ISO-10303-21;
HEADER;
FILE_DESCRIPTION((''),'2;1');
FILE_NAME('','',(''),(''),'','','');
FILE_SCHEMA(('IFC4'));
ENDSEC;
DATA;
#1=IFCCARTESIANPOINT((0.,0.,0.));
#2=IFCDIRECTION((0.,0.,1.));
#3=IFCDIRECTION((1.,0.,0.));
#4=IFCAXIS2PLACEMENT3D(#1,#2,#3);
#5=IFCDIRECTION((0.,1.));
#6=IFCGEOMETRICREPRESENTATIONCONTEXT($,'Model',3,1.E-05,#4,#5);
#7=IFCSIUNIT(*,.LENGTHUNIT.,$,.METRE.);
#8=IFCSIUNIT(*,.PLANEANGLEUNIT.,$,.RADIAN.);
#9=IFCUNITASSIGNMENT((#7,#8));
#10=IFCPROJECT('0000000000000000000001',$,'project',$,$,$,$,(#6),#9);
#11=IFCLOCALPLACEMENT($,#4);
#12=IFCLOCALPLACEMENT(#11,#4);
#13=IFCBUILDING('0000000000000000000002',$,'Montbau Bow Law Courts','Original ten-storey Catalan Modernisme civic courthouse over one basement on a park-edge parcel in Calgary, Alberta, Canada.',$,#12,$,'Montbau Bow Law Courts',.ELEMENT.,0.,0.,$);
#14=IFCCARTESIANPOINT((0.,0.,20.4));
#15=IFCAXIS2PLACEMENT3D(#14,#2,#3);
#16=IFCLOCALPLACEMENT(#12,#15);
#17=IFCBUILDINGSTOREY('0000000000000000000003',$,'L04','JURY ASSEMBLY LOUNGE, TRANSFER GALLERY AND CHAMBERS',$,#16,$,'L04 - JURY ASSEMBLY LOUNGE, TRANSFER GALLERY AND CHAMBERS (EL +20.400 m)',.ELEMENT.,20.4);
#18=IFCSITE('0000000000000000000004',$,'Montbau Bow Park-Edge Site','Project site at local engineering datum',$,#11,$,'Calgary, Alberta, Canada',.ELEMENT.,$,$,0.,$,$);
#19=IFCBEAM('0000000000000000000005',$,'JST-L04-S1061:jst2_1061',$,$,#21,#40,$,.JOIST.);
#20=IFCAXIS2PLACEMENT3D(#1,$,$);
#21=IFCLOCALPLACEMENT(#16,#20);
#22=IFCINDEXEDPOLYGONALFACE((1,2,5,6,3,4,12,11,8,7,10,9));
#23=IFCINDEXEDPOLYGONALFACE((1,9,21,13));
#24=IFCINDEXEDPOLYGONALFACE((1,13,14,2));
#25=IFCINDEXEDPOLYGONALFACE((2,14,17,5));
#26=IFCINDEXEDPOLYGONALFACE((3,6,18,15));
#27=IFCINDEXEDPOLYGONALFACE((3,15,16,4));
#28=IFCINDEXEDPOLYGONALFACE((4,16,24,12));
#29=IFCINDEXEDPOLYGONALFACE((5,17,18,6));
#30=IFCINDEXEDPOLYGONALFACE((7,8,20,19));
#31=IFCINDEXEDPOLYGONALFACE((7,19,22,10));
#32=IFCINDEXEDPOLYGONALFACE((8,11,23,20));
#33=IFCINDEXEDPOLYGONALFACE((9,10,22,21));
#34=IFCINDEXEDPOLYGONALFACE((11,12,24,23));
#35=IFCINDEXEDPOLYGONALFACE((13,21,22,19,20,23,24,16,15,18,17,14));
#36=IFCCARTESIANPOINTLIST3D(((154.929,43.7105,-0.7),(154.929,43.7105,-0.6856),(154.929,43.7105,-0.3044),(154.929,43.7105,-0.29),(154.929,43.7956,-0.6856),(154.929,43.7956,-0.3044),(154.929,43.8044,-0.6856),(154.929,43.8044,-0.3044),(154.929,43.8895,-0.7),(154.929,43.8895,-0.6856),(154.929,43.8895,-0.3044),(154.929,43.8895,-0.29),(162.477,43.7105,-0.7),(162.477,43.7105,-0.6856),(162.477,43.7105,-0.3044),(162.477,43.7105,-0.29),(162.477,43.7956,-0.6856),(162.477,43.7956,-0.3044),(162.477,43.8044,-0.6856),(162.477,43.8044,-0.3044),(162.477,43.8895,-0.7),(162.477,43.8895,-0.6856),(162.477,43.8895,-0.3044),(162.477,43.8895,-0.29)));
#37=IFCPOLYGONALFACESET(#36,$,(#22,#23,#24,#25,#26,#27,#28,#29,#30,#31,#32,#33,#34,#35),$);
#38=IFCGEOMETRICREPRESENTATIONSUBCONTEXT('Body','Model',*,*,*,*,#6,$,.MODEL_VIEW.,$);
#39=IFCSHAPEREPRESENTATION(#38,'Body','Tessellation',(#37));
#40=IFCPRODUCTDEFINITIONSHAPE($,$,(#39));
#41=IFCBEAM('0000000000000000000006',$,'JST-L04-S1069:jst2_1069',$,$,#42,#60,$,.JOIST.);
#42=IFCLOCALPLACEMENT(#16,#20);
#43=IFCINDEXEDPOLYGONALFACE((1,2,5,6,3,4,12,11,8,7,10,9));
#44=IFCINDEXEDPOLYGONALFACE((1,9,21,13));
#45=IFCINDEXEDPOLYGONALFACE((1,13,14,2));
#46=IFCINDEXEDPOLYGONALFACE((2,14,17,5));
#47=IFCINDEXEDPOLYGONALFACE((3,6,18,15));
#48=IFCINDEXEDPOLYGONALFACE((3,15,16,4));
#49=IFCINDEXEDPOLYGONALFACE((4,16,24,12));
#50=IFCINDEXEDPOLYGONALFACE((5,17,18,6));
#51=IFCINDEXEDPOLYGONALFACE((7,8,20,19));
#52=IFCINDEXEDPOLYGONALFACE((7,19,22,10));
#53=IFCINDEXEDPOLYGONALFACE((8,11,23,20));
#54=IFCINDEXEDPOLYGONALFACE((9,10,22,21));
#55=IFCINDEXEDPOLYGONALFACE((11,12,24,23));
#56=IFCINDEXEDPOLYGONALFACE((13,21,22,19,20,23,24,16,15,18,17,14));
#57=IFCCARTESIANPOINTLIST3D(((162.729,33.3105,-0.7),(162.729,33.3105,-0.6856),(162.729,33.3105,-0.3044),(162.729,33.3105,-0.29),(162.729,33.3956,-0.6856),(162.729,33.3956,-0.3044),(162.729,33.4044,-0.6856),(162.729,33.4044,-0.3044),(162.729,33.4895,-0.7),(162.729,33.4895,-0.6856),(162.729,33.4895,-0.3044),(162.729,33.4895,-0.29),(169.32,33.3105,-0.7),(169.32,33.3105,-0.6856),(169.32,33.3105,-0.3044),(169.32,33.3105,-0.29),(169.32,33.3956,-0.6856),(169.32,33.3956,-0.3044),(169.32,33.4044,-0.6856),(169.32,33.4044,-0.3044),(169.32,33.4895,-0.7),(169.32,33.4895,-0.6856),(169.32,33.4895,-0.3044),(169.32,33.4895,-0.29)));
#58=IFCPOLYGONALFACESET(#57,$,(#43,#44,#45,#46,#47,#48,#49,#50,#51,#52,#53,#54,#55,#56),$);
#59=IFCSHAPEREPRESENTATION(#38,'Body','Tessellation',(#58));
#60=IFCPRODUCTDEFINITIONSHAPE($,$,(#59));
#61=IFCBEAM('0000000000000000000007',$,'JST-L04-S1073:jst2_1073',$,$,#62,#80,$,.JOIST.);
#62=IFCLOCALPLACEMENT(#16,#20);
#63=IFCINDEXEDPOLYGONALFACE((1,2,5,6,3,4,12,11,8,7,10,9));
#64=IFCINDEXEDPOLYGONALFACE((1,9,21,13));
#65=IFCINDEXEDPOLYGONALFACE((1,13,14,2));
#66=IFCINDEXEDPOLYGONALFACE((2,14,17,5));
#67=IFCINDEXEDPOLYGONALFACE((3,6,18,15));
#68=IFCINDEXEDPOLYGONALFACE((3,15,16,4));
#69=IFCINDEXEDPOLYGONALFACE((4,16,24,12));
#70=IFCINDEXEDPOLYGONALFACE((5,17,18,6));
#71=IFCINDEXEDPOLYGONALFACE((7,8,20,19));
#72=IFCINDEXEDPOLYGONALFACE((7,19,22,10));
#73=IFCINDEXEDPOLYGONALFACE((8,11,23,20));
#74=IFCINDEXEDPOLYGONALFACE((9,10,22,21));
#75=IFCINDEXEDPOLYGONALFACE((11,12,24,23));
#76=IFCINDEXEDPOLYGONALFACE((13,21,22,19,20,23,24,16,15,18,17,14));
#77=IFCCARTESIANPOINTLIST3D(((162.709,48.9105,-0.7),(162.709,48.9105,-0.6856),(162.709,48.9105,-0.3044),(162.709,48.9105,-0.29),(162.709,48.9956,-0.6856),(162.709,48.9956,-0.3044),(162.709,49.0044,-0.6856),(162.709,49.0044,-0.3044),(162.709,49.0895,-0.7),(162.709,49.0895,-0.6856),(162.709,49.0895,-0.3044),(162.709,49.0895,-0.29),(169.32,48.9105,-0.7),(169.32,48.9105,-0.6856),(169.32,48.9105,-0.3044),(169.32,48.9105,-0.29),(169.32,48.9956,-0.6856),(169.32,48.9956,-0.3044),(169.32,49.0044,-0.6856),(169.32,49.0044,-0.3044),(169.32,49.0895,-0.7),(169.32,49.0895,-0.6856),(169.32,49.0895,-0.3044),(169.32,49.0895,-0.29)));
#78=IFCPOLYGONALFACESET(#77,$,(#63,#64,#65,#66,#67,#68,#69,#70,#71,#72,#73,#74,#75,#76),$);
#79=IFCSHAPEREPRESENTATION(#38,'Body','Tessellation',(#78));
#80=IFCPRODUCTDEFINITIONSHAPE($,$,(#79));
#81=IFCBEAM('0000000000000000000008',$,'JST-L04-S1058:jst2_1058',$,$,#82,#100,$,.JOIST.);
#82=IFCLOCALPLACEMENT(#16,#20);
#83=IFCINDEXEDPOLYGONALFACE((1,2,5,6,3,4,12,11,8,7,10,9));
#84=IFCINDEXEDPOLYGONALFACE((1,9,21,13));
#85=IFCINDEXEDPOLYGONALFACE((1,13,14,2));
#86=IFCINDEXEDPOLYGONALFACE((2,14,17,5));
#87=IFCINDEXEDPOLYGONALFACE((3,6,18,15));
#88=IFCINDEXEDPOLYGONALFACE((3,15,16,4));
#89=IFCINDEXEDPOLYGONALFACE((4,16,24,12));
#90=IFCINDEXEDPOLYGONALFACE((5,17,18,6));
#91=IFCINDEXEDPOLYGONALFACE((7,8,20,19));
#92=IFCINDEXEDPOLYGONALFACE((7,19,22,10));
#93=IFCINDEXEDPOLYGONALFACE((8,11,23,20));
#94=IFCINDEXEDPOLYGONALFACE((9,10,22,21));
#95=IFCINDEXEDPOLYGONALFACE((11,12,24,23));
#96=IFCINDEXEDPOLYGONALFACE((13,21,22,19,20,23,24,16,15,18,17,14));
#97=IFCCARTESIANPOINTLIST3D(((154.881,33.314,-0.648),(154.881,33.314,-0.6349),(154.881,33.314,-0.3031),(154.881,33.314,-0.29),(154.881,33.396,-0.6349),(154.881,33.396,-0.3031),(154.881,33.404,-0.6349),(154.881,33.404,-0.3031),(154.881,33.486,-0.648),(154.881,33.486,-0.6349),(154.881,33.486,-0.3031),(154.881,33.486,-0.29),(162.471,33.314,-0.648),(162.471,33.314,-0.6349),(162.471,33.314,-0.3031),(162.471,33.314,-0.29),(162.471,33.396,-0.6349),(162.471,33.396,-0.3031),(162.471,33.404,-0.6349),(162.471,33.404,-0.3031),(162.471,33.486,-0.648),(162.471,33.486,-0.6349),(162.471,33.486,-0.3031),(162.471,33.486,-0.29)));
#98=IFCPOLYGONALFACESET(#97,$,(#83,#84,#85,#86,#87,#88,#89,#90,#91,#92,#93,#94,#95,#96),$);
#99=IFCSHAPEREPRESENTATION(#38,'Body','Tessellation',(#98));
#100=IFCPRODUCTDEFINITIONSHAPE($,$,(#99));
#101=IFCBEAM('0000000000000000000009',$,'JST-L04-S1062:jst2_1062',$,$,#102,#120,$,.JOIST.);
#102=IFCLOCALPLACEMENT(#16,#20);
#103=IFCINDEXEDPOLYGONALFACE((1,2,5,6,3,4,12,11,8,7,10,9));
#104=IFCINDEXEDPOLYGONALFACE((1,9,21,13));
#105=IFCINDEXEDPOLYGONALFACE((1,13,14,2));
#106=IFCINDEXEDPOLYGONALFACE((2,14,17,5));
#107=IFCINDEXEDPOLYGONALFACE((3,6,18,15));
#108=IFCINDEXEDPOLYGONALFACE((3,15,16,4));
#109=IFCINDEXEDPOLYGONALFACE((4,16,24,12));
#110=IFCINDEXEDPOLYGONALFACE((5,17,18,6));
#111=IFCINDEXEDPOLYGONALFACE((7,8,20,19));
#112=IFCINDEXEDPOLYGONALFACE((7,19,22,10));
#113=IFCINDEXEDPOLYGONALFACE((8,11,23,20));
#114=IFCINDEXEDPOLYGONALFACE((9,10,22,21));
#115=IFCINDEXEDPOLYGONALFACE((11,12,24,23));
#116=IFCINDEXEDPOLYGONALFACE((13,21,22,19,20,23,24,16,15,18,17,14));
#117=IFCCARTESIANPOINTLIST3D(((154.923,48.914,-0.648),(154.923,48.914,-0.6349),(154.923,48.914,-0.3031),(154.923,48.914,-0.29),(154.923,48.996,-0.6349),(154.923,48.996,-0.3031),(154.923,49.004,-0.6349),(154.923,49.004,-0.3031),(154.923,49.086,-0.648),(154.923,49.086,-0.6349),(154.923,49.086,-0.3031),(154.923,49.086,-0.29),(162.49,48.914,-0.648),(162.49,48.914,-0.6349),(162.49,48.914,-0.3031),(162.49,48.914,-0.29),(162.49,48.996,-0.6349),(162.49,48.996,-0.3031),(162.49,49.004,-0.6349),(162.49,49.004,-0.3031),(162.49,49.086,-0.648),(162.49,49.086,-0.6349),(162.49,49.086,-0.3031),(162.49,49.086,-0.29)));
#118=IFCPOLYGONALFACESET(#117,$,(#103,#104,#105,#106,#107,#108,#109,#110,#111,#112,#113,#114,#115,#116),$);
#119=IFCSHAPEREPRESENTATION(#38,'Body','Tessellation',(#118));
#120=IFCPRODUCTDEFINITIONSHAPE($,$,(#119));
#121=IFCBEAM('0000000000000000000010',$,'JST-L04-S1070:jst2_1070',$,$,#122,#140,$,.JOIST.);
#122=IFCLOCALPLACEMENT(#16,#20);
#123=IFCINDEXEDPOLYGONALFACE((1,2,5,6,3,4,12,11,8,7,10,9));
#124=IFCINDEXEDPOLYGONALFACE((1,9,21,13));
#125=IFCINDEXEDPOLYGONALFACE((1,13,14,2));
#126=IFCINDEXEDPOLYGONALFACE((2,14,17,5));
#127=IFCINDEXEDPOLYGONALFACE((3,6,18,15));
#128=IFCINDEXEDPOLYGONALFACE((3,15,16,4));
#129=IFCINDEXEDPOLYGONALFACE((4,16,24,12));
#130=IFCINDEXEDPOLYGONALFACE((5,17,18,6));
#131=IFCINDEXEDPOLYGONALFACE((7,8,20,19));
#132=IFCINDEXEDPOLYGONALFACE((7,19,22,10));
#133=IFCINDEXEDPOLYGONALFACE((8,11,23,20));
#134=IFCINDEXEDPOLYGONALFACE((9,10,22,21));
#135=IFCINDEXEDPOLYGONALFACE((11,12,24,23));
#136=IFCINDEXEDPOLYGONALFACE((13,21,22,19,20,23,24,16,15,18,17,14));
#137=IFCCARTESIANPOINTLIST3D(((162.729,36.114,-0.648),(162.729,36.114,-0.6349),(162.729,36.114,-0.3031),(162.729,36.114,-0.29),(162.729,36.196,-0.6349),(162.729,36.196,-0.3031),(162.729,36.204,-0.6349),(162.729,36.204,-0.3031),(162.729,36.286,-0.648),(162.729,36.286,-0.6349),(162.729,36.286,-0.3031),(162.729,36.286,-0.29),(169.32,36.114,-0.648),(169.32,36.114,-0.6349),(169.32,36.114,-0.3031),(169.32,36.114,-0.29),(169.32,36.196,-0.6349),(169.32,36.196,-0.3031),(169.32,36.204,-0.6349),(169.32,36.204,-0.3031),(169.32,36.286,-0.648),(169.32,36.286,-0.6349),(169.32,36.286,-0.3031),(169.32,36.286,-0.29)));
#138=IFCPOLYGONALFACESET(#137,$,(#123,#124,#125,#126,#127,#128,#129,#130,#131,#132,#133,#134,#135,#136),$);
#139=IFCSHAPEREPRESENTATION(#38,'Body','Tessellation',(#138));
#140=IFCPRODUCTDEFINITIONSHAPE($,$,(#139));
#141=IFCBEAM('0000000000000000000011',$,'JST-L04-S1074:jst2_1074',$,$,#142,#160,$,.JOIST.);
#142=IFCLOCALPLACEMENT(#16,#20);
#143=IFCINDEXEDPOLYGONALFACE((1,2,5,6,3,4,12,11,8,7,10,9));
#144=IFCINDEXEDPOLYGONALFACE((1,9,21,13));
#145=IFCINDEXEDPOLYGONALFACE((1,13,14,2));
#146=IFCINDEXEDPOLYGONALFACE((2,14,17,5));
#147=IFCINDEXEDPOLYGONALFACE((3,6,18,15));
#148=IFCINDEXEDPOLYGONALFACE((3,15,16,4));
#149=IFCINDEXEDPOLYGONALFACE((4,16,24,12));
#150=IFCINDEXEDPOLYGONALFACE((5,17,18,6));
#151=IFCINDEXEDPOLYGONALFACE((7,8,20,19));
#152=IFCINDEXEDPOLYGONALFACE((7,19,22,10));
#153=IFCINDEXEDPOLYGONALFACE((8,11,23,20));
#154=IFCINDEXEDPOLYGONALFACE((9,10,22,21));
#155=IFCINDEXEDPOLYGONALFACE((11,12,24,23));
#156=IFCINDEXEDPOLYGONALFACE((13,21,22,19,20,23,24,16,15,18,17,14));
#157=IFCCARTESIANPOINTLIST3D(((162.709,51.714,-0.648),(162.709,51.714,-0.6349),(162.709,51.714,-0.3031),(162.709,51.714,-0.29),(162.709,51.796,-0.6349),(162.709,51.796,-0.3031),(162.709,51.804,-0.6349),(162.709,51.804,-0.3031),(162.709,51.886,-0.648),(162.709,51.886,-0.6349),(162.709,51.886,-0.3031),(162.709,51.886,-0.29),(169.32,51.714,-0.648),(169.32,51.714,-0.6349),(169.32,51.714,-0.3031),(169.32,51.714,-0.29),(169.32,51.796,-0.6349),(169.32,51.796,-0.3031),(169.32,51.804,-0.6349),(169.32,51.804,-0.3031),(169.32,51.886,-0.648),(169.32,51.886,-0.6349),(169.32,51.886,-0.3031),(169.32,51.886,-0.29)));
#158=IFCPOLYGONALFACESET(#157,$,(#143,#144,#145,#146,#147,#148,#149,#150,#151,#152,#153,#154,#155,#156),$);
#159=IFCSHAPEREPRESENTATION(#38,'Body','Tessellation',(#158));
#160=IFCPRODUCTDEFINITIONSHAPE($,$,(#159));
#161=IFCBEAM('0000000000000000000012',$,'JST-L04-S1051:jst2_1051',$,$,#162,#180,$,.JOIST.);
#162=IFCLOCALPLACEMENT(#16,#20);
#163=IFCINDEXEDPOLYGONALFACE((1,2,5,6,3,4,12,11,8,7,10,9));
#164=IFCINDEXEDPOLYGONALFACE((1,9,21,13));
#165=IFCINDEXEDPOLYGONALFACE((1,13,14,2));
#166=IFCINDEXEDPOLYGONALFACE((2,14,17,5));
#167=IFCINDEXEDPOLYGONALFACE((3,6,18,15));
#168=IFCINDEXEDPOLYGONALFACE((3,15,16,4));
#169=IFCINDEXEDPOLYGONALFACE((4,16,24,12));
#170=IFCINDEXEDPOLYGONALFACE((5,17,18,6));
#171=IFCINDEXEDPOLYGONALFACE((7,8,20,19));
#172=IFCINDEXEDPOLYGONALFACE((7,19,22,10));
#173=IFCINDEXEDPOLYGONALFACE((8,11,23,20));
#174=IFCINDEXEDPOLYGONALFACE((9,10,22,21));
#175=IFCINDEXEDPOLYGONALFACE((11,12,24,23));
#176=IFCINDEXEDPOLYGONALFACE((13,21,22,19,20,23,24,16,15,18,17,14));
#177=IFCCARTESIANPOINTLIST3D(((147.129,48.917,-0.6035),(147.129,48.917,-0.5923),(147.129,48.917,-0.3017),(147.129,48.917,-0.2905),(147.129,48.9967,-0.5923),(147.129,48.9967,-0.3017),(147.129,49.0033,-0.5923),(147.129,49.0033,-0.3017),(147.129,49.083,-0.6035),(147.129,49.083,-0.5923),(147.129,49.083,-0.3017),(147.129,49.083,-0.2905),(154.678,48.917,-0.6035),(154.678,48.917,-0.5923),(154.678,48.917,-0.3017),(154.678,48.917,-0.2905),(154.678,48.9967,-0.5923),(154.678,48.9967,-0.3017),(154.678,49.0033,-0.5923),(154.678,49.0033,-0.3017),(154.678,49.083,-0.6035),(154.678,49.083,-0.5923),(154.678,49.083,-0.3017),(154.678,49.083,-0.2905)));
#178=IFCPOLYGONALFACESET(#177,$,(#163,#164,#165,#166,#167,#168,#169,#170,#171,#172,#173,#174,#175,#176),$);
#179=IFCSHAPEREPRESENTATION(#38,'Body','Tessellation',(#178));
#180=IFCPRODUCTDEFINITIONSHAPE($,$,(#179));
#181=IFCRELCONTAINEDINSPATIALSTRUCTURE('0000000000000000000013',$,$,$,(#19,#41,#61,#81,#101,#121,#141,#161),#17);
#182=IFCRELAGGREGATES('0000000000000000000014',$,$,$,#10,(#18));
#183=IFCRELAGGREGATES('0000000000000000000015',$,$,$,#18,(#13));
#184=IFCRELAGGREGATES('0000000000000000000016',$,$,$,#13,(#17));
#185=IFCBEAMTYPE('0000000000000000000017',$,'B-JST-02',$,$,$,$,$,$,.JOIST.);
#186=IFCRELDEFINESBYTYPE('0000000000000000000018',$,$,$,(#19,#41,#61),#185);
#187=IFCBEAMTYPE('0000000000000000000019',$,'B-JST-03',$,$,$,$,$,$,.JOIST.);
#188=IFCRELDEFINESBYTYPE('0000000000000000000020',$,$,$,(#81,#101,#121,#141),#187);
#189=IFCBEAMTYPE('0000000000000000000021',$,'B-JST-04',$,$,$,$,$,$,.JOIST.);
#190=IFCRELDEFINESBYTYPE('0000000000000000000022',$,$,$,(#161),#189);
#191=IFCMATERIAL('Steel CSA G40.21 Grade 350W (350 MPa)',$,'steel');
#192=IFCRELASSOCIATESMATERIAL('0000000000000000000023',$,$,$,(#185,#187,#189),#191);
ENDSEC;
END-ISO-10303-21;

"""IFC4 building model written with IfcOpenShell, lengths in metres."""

from ifc_helpers import new_model, si_unit, direction, frame, origin_with_axes, origin_2d_with_axis, place, context, subcontext, project, spatial, i_section, extrude, material, material_profile, profile_set, type_object, element, save


model = new_model("IFC4")

# Units and contexts
model_context = context("Model", 3, precision=1e-05, world=origin_with_axes(), true_north=direction((0.0, 1.0)))
body_context = subcontext(model_context, "Body", "Model", "MODEL_VIEW")
ifc_project = project(units=[si_unit("LENGTHUNIT", "METRE"), si_unit("PLANEANGLEUNIT", "RADIAN")], contexts=[model_context])

# Site, building, storey
site_placement = place(None, origin_with_axes())
site = spatial("IfcSite", under=ifc_project, at=site_placement, Name="Montbau Bow Park-Edge Site", Description="Project site at local engineering datum", LongName="Calgary, Alberta, Canada", CompositionType="ELEMENT", RefElevation=0.0)
building_placement = place(site_placement, origin_with_axes())
building = spatial("IfcBuilding", under=site, at=building_placement, Name="Montbau Bow Law Courts", Description="Original ten-storey Catalan Modernisme civic courthouse over one basement on a park-edge parcel in Calgary, Alberta, Canada.", LongName="Montbau Bow Law Courts", CompositionType="ELEMENT", ElevationOfRefHeight=0.0, ElevationOfTerrain=0.0)
storey_placement = place(building_placement, frame((0.0, 0.0, 20.4), z_axis=(0.0, 0.0, 1.0), x_axis=(1.0, 0.0, 0.0)))
storey = spatial("IfcBuildingStorey", under=building, at=storey_placement, Name="L04", Description="JURY ASSEMBLY LOUNGE, TRANSFER GALLERY AND CHAMBERS", LongName="L04 - JURY ASSEMBLY LOUNGE, TRANSFER GALLERY AND CHAMBERS (EL +20.400 m)", CompositionType="ELEMENT", Elevation=20.4)

# Beams
ifc_material_1 = material(Name="Steel CSA G40.21 Grade 350W (350 MPa)", Category="steel")
ifc_material_profile_1 = material_profile(ifc_material_1, i_section(OverallWidth=0.179, OverallDepth=0.41, WebThickness=0.0088, FlangeThickness=0.0144, at=origin_2d_with_axis()), Name="W410X67", Category="Main", Priority=0)
ifc_profile_set_1 = profile_set([ifc_material_profile_1], Name="Steel CSA G40.21 Grade 350W (350 MPa)")
beam_type_1 = type_object("IfcBeamType", Name="B-JST-02", PredefinedType="JOIST", material=ifc_profile_set_1)
beam_1_placement = place(None, frame((154.929, 43.8, 19.905), z_axis=(1.0, 0.0, 0.0), x_axis=(0.0, 1.0, 0.0)))
element("IfcBeam", 1, at=beam_1_placement, inside=storey, type_object=beam_type_1, Name="JST-L04-S1061:jst2_1061", PredefinedType="JOIST", context=body_context, shape_type="SweptSolid", body=[
    extrude(i_section(OverallWidth=0.179, OverallDepth=0.41, WebThickness=0.0088, FlangeThickness=0.0144, at=origin_2d_with_axis()), origin_with_axes(), (0.0, 0.0, 1.0), 7.548),
])
beam_2_placement = place(None, frame((162.729, 33.4, 19.905), z_axis=(1.0, 0.0, 0.0), x_axis=(0.0, 1.0, 0.0)))
element("IfcBeam", 2, at=beam_2_placement, inside=storey, type_object=beam_type_1, Name="JST-L04-S1069:jst2_1069", PredefinedType="JOIST", context=body_context, shape_type="SweptSolid", body=[
    extrude(i_section(OverallWidth=0.179, OverallDepth=0.41, WebThickness=0.0088, FlangeThickness=0.0144, at=origin_2d_with_axis()), origin_with_axes(), (0.0, 0.0, 1.0), 6.591),
])
beam_3_placement = place(None, frame((162.709, 49.0, 19.905), z_axis=(1.0, 0.0, 0.0), x_axis=(0.0, 1.0, 0.0)))
element("IfcBeam", 3, at=beam_3_placement, inside=storey, type_object=beam_type_1, Name="JST-L04-S1073:jst2_1073", PredefinedType="JOIST", context=body_context, shape_type="SweptSolid", body=[
    extrude(i_section(OverallWidth=0.179, OverallDepth=0.41, WebThickness=0.0088, FlangeThickness=0.0144, at=origin_2d_with_axis()), origin_with_axes(), (0.0, 0.0, 1.0), 6.611),
])
ifc_material_profile_2 = material_profile(ifc_material_1, i_section(OverallWidth=0.172, OverallDepth=0.358, WebThickness=0.0079, FlangeThickness=0.0131, at=origin_2d_with_axis()), Name="W360X57", Category="Main", Priority=0)
ifc_profile_set_2 = profile_set([ifc_material_profile_2], Name="Steel CSA G40.21 Grade 350W (350 MPa)")
beam_type_2 = type_object("IfcBeamType", Name="B-JST-03", PredefinedType="JOIST", material=ifc_profile_set_2)
beam_4_placement = place(None, frame((154.881, 33.4, 19.931), z_axis=(1.0, 0.0, 0.0), x_axis=(0.0, 1.0, 0.0)))
element("IfcBeam", 4, at=beam_4_placement, inside=storey, type_object=beam_type_2, Name="JST-L04-S1058:jst2_1058", PredefinedType="JOIST", context=body_context, shape_type="SweptSolid", body=[
    extrude(i_section(OverallWidth=0.172, OverallDepth=0.358, WebThickness=0.0079, FlangeThickness=0.0131, at=origin_2d_with_axis()), origin_with_axes(), (0.0, 0.0, 1.0), 7.59),
])
beam_5_placement = place(None, frame((154.923, 49.0, 19.931), z_axis=(1.0, 0.0, 0.0), x_axis=(0.0, 1.0, 0.0)))
element("IfcBeam", 5, at=beam_5_placement, inside=storey, type_object=beam_type_2, Name="JST-L04-S1062:jst2_1062", PredefinedType="JOIST", context=body_context, shape_type="SweptSolid", body=[
    extrude(i_section(OverallWidth=0.172, OverallDepth=0.358, WebThickness=0.0079, FlangeThickness=0.0131, at=origin_2d_with_axis()), origin_with_axes(), (0.0, 0.0, 1.0), 7.567),
])
beam_6_placement = place(None, frame((162.729, 36.2, 19.931), z_axis=(1.0, 0.0, 0.0), x_axis=(0.0, 1.0, 0.0)))
element("IfcBeam", 6, at=beam_6_placement, inside=storey, type_object=beam_type_2, Name="JST-L04-S1070:jst2_1070", PredefinedType="JOIST", context=body_context, shape_type="SweptSolid", body=[
    extrude(i_section(OverallWidth=0.172, OverallDepth=0.358, WebThickness=0.0079, FlangeThickness=0.0131, at=origin_2d_with_axis()), origin_with_axes(), (0.0, 0.0, 1.0), 6.591),
])
beam_7_placement = place(None, frame((162.709, 51.8, 19.931), z_axis=(1.0, 0.0, 0.0), x_axis=(0.0, 1.0, 0.0)))
element("IfcBeam", 7, at=beam_7_placement, inside=storey, type_object=beam_type_2, Name="JST-L04-S1074:jst2_1074", PredefinedType="JOIST", context=body_context, shape_type="SweptSolid", body=[
    extrude(i_section(OverallWidth=0.172, OverallDepth=0.358, WebThickness=0.0079, FlangeThickness=0.0131, at=origin_2d_with_axis()), origin_with_axes(), (0.0, 0.0, 1.0), 6.611),
])
ifc_material_profile_3 = material_profile(ifc_material_1, i_section(OverallWidth=0.166, OverallDepth=0.313, WebThickness=0.0066, FlangeThickness=0.0112, at=origin_2d_with_axis()), Name="W310X45", Category="Main", Priority=0)
ifc_profile_set_3 = profile_set([ifc_material_profile_3], Name="Steel CSA G40.21 Grade 350W (350 MPa)")
beam_type_3 = type_object("IfcBeamType", Name="B-JST-04", PredefinedType="JOIST", material=ifc_profile_set_3)
beam_8_placement = place(None, frame((147.129, 49.0, 19.953), z_axis=(1.0, 0.0, 0.0), x_axis=(0.0, 1.0, 0.0)))
element("IfcBeam", 8, at=beam_8_placement, inside=storey, type_object=beam_type_3, Name="JST-L04-S1051:jst2_1051", PredefinedType="JOIST", context=body_context, shape_type="SweptSolid", body=[
    extrude(i_section(OverallWidth=0.166, OverallDepth=0.313, WebThickness=0.0066, FlangeThickness=0.0112, at=origin_2d_with_axis()), origin_with_axes(), (0.0, 0.0, 1.0), 7.549),
])

save(model, "model.ifc")
